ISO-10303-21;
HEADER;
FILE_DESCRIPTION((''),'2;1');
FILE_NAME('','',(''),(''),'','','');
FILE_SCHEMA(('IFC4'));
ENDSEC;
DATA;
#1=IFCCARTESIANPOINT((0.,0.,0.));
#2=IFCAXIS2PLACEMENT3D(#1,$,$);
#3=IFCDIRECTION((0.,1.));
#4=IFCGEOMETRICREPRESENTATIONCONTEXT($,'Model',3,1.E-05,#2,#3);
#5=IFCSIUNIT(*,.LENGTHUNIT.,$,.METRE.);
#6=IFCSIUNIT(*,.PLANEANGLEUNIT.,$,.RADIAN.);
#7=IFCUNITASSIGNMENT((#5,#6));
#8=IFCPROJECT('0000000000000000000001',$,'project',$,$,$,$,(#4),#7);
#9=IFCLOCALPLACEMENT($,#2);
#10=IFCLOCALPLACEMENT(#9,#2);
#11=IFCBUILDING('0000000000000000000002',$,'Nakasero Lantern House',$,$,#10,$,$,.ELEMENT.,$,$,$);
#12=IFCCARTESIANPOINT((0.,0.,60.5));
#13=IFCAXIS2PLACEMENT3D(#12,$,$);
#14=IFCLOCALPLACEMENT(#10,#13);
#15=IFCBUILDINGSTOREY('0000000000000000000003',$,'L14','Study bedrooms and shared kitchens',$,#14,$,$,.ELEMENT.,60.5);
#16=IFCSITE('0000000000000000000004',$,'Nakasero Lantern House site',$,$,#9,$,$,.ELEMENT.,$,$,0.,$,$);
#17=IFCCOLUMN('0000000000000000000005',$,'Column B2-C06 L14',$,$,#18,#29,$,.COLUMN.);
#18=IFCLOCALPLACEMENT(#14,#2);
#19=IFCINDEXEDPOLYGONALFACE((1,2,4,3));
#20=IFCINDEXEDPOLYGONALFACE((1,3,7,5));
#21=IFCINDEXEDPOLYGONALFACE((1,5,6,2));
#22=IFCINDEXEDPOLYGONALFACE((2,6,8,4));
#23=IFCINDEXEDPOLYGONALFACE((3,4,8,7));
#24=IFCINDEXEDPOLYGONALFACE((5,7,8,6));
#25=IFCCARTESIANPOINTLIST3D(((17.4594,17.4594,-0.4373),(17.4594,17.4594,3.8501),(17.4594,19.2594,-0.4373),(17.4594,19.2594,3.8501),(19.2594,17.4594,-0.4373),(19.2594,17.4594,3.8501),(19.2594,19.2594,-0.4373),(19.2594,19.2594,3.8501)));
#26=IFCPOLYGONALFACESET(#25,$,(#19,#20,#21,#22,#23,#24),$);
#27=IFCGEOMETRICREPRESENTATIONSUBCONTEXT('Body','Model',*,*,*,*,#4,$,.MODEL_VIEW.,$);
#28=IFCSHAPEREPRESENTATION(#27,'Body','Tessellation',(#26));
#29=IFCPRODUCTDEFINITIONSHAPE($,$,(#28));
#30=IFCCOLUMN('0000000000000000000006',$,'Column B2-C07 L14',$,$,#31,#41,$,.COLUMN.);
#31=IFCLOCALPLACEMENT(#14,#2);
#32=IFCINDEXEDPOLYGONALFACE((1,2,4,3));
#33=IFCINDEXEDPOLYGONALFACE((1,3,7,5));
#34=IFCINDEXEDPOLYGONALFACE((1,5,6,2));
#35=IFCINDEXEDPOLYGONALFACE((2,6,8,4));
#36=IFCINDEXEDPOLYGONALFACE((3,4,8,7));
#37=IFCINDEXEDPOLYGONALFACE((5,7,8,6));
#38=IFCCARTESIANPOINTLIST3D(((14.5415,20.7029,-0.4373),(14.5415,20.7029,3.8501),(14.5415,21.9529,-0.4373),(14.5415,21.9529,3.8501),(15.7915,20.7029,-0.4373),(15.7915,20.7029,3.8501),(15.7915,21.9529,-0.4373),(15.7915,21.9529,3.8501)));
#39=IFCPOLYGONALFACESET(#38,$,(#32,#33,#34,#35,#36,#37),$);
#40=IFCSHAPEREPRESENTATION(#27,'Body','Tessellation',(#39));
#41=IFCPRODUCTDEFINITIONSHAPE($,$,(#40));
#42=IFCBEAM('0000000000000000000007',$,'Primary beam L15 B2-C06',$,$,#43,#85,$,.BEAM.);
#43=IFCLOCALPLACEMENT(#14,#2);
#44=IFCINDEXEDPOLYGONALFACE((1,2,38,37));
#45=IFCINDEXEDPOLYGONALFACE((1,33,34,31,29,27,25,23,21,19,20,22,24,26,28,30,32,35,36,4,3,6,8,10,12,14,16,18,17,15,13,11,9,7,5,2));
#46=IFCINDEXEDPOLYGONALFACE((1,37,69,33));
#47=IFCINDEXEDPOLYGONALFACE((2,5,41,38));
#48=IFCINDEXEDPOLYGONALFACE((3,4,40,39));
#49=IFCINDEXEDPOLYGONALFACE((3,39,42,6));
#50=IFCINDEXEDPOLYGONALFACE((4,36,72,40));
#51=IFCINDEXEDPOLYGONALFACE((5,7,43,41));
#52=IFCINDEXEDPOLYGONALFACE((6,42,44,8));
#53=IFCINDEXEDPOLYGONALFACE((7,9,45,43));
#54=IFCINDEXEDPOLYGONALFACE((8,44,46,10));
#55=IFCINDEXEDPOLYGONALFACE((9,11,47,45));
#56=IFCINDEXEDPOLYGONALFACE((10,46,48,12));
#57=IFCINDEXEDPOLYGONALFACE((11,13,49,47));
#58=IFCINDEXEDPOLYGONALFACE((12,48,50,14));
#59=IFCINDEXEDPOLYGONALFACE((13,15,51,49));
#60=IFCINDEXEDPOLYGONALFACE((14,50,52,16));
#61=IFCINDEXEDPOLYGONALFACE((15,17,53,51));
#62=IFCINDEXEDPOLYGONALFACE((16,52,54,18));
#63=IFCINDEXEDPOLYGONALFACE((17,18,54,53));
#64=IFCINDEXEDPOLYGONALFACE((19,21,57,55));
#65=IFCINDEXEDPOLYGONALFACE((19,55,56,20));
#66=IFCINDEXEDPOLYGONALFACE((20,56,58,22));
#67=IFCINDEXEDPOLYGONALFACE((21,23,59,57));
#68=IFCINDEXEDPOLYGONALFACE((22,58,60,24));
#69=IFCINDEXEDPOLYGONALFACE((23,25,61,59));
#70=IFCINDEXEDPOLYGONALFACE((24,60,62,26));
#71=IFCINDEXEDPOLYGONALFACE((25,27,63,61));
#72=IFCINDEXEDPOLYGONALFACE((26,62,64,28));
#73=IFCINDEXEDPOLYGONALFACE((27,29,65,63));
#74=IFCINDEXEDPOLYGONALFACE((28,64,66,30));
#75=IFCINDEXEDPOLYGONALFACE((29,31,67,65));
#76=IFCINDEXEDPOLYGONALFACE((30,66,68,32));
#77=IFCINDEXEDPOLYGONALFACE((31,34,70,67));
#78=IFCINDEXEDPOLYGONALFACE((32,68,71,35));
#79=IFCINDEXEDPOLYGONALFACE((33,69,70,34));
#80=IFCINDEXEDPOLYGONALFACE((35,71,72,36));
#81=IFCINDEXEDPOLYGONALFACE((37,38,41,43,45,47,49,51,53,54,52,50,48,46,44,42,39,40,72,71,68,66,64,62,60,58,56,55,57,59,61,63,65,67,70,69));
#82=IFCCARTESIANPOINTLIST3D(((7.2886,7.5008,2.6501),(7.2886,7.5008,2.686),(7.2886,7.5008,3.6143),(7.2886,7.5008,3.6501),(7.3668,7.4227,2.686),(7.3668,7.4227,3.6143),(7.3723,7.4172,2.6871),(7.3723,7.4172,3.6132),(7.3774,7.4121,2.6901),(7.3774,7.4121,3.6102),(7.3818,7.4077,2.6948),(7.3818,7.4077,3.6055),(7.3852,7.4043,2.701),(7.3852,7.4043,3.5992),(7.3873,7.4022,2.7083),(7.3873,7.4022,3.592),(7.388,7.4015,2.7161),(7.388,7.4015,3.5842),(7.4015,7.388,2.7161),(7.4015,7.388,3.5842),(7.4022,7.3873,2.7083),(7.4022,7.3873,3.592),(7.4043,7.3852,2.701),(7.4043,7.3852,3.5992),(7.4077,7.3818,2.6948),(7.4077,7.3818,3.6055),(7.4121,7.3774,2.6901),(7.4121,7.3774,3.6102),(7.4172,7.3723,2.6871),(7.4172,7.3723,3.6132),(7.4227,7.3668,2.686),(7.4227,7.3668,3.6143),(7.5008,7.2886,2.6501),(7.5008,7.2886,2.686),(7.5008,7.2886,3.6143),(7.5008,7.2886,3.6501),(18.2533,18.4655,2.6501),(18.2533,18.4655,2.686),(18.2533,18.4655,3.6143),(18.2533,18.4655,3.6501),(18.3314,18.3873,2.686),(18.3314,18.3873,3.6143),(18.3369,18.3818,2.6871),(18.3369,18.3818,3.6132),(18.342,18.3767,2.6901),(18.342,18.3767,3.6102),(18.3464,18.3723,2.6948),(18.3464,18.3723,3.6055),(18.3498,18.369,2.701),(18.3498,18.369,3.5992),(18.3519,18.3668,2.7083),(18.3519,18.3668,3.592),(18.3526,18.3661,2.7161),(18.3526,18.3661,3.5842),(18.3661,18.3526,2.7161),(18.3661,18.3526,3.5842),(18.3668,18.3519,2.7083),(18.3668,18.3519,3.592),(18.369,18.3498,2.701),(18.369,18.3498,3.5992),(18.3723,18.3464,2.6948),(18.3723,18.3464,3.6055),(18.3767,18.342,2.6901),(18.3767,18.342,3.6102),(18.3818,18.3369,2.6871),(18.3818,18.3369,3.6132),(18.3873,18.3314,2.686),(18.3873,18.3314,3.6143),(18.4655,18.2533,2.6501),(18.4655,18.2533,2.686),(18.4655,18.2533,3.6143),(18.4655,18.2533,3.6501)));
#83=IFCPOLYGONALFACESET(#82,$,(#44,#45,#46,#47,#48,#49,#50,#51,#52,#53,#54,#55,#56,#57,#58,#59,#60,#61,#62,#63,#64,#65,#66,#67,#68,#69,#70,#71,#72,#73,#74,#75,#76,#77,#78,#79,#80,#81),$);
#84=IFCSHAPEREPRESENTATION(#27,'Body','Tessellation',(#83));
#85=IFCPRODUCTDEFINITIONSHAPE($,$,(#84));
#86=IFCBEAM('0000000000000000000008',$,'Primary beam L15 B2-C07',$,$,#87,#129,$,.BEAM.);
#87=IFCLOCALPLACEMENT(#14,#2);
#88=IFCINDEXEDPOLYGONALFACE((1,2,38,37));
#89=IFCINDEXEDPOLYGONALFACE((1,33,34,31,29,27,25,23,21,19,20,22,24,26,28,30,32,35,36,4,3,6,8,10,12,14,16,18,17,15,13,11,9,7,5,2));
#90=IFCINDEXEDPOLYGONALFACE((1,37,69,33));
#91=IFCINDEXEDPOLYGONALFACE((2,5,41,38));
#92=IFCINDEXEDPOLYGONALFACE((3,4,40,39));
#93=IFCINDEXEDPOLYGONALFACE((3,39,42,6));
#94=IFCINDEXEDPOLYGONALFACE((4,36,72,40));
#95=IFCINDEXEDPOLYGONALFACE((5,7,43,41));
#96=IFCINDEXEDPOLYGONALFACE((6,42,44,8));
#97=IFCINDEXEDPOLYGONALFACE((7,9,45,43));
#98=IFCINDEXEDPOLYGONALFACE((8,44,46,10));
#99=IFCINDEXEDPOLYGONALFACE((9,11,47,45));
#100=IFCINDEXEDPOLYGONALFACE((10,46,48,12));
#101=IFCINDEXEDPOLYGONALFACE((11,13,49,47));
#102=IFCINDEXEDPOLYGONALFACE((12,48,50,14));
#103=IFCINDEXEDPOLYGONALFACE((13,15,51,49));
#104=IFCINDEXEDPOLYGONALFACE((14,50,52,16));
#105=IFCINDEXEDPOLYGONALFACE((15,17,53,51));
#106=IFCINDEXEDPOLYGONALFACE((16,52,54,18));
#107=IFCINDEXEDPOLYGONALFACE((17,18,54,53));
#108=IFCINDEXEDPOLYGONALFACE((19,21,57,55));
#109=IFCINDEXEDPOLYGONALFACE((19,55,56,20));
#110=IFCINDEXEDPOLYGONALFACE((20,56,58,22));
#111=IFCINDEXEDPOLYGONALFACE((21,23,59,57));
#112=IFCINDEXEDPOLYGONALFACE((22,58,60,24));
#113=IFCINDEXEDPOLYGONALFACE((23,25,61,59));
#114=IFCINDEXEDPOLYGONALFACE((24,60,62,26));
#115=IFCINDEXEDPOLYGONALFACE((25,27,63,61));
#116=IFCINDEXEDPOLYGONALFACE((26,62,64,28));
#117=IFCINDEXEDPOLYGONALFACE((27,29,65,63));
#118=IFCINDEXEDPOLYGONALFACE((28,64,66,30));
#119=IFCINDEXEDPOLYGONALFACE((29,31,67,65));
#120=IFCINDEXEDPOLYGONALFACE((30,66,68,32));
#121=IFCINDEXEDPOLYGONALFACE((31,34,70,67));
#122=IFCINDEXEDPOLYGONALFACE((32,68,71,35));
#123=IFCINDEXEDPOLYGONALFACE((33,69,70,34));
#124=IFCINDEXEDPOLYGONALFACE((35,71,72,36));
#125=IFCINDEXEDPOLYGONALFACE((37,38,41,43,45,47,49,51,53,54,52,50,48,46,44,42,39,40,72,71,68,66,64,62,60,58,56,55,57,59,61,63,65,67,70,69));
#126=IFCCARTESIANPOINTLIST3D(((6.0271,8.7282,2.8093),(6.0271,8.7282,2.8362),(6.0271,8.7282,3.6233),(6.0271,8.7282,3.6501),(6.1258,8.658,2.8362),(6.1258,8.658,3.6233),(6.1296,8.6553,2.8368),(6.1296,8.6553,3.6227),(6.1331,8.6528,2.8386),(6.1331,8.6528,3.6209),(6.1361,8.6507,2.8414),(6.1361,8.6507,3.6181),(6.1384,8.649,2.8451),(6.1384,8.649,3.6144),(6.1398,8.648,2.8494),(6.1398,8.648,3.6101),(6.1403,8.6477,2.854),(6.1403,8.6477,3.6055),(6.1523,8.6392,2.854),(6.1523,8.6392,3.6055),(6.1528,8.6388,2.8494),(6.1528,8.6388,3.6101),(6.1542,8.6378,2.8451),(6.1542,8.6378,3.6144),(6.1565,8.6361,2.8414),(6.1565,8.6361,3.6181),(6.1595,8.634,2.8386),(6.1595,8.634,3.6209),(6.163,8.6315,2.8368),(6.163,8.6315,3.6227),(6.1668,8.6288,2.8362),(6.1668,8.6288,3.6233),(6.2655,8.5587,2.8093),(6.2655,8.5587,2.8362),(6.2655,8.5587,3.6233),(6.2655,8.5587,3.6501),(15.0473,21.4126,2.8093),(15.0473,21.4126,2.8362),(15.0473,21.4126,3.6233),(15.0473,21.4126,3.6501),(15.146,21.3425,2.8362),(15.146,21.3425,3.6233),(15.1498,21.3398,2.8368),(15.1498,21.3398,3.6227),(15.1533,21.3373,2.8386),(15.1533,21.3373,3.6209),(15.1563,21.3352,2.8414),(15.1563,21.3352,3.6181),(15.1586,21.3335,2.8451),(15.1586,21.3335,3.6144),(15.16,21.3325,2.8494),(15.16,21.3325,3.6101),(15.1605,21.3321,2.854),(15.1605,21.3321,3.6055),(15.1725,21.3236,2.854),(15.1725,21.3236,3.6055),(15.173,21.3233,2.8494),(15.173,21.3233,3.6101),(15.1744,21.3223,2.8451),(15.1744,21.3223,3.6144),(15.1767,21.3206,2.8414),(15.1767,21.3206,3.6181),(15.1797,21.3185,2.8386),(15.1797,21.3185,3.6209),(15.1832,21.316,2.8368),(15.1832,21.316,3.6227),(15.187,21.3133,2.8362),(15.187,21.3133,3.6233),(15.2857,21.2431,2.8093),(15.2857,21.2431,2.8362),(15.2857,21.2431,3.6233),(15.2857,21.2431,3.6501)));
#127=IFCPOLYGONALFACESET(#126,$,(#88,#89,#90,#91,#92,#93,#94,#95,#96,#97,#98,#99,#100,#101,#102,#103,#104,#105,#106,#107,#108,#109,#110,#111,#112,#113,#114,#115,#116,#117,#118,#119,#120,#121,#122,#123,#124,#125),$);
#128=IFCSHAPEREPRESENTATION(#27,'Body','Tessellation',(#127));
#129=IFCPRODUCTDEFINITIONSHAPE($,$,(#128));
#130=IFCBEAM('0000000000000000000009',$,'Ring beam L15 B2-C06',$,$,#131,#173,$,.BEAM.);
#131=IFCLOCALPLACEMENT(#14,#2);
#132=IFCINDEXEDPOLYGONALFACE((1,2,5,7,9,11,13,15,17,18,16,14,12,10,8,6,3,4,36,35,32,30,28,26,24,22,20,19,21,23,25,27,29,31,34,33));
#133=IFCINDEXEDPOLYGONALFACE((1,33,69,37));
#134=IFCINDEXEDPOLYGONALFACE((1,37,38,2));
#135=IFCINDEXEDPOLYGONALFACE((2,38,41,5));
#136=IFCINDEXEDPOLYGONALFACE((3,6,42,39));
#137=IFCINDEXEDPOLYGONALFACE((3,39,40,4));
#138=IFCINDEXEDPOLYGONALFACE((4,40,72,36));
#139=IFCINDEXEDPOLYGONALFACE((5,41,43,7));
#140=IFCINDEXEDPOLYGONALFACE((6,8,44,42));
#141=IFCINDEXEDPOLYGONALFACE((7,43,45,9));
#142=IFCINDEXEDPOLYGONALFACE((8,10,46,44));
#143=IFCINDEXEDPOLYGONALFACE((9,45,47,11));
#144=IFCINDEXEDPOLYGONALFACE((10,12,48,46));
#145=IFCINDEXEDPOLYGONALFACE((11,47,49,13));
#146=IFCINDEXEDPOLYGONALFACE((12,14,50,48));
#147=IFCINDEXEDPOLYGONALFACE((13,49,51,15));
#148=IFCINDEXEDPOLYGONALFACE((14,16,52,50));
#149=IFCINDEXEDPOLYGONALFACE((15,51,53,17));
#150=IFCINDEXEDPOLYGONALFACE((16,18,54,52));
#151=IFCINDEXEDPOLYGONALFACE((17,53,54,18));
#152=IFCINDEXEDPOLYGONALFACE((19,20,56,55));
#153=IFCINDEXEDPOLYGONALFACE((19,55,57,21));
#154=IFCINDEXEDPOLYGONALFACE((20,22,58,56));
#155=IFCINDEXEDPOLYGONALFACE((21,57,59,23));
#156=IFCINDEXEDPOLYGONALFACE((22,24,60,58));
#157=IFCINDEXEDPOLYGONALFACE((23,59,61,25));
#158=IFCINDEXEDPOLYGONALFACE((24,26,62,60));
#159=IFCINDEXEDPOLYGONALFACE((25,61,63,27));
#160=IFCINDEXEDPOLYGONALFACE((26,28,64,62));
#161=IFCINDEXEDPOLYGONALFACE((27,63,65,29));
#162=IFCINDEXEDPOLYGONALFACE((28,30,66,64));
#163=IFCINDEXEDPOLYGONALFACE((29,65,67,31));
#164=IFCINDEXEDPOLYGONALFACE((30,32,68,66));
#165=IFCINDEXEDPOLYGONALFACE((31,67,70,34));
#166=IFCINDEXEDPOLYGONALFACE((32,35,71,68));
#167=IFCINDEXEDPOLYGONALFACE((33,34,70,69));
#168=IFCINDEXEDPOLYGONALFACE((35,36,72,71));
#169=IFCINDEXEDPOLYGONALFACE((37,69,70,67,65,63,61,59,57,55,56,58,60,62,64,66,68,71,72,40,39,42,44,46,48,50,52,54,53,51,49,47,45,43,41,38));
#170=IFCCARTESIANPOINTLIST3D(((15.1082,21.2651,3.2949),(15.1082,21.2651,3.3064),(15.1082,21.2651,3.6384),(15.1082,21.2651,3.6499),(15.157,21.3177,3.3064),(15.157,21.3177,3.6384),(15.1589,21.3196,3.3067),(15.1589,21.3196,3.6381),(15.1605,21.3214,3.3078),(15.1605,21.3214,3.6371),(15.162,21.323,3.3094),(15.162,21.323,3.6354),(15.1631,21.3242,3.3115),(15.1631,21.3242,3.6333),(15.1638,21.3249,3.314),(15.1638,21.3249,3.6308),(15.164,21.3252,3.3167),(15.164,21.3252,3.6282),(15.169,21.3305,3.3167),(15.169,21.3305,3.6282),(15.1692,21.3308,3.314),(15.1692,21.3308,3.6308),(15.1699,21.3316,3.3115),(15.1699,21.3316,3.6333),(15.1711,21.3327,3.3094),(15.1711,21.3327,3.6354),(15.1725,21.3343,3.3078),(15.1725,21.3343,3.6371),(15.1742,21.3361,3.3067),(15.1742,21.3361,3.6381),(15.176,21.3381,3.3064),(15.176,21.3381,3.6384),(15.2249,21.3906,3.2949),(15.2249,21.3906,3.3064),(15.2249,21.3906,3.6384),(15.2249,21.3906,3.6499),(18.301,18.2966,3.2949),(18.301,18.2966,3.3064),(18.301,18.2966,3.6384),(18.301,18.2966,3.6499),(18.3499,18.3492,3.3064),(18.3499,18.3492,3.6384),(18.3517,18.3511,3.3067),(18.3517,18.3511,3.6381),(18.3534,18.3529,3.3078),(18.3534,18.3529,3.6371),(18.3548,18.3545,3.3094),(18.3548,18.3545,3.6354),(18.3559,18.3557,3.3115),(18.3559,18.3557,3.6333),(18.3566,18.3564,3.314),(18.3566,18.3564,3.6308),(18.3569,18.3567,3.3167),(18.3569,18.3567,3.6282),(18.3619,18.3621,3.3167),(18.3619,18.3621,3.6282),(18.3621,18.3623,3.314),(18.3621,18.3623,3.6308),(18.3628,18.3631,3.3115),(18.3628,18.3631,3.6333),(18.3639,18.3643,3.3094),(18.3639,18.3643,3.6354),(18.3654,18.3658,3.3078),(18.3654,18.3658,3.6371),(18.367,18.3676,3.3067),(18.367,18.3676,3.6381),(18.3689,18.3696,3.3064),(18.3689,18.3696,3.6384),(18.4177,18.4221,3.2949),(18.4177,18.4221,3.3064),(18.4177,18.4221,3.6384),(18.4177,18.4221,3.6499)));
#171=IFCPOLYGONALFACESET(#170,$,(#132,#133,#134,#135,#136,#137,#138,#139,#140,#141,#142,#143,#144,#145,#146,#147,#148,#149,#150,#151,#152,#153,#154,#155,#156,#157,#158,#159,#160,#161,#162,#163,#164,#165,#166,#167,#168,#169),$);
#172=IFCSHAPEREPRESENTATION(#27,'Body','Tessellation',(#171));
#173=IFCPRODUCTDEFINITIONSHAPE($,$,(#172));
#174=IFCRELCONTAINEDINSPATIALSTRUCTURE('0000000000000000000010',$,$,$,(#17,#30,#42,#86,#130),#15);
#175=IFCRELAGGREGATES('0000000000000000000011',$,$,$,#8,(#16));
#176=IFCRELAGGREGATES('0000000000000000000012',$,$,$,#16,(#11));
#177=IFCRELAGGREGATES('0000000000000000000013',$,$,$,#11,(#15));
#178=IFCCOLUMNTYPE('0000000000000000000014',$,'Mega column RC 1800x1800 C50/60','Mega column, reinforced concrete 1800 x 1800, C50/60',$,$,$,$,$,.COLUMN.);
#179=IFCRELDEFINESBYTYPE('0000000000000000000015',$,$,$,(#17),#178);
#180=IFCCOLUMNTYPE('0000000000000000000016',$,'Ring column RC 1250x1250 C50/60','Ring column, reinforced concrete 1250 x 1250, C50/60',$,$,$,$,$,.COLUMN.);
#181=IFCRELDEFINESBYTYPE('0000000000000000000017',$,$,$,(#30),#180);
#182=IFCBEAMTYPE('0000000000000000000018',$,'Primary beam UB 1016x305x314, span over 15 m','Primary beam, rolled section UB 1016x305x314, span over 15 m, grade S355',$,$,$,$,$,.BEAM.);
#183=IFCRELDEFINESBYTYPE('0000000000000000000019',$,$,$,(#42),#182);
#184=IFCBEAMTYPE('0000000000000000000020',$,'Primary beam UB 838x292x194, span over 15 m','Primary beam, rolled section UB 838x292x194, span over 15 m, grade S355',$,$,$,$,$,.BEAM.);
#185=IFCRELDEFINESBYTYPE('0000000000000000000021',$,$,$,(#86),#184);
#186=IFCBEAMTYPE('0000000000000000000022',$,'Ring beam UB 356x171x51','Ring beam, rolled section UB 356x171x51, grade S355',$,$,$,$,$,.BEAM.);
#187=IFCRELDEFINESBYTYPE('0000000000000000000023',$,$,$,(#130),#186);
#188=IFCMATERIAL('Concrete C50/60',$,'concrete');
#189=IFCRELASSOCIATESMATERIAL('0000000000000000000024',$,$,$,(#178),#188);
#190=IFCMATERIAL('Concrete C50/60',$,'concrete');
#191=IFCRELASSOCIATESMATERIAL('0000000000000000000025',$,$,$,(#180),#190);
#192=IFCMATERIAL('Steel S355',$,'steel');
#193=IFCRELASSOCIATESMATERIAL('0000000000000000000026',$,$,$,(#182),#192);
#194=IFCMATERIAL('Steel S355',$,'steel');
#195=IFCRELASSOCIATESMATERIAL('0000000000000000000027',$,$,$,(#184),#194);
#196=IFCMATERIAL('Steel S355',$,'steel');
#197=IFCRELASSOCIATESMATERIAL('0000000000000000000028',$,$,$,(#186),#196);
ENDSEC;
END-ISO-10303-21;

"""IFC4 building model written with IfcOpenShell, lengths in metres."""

from ifc_helpers import new_model, si_unit, direction, frame, origin, origin_2d, place, context, subcontext, project, spatial, rectangle, i_section, extrude, material, material_profile, profile_set, type_object, element, save


model = new_model("IFC4")

# Units and contexts
model_context = context("Model", 3, precision=1e-05, world=origin(), true_north=direction((0.0, 1.0)))
body_context = subcontext(model_context, "Body", "Model", "MODEL_VIEW")
ifc_project = project(units=[si_unit("LENGTHUNIT", "METRE"), si_unit("PLANEANGLEUNIT", "RADIAN")], contexts=[model_context])

# Site, building, storey
site_placement = place(None, origin())
site = spatial("IfcSite", under=ifc_project, at=site_placement, Name="Nakasero Lantern House site", CompositionType="ELEMENT", RefElevation=0.0)
building_placement = place(site_placement, origin())
building = spatial("IfcBuilding", under=site, at=building_placement, Name="Nakasero Lantern House", CompositionType="ELEMENT")
storey_placement = place(building_placement, frame((0.0, 0.0, 60.5)))
storey = spatial("IfcBuildingStorey", under=building, at=storey_placement, Name="L14", Description="Study bedrooms and shared kitchens", CompositionType="ELEMENT", Elevation=60.5)

# Columns
ifc_material_1 = material(Name="Concrete C50/60", Category="concrete")
ifc_material_profile_1 = material_profile(ifc_material_1, rectangle(XDim=1.8, YDim=1.8, at=origin_2d()), Name="RC 1800x1800")
ifc_profile_set_1 = profile_set([ifc_material_profile_1], Name="Concrete C50/60")
column_type_1 = type_object("IfcColumnType", Name="Mega column RC 1800x1800 C50/60", Description="Mega column, reinforced concrete 1800 x 1800, C50/60", PredefinedType="COLUMN", material=ifc_profile_set_1)
column_1_placement = place(storey_placement, frame((18.3594, 18.3594, -0.4373), z_axis=(0.0, 0.0, 1.0), x_axis=(1.0, 0.0, 0.0)))
element("IfcColumn", 1, at=column_1_placement, inside=storey, type_object=column_type_1, Name="Column B2-C06 L14", PredefinedType="COLUMN", context=body_context, shape_type="SweptSolid", body=[
    extrude(rectangle(XDim=1.8, YDim=1.8, at=origin_2d()), origin(), (0.0, 0.0, 1.0), 4.2874),
])
ifc_material_2 = material(Name="Concrete C50/60", Category="concrete")
ifc_material_profile_2 = material_profile(ifc_material_2, rectangle(XDim=1.25, YDim=1.25, at=origin_2d()), Name="RC 1250x1250")
ifc_profile_set_2 = profile_set([ifc_material_profile_2], Name="Concrete C50/60")
column_type_2 = type_object("IfcColumnType", Name="Ring column RC 1250x1250 C50/60", Description="Ring column, reinforced concrete 1250 x 1250, C50/60", PredefinedType="COLUMN", material=ifc_profile_set_2)
column_2_placement = place(storey_placement, frame((15.1665, 21.3279, -0.4373), z_axis=(0.0, 0.0, 1.0), x_axis=(1.0, 0.0, 0.0)))
element("IfcColumn", 2, at=column_2_placement, inside=storey, type_object=column_type_2, Name="Column B2-C07 L14", PredefinedType="COLUMN", context=body_context, shape_type="SweptSolid", body=[
    extrude(rectangle(XDim=1.25, YDim=1.25, at=origin_2d()), origin(), (0.0, 0.0, 1.0), 4.2874),
])

# Beams
ifc_material_3 = material(Name="Steel S355", Category="steel")
ifc_material_profile_3 = material_profile(ifc_material_3, i_section(OverallWidth=0.3, OverallDepth=1.0, WebThickness=0.019, FlangeThickness=0.0359, FilletRadius=0.03, at=origin_2d()), Name="UB 1016x305x314")
ifc_profile_set_3 = profile_set([ifc_material_profile_3], Name="Steel S355")
beam_type_1 = type_object("IfcBeamType", Name="Primary beam UB 1016x305x314, span over 15 m", Description="Primary beam, rolled section UB 1016x305x314, span over 15 m, grade S355", PredefinedType="BEAM", material=ifc_profile_set_3)
beam_1_placement = place(storey_placement, frame((18.3594, 18.3594, 3.1501), z_axis=(-0.707107, -0.707107, 0.0), x_axis=(0.707107, -0.707107, 0.0)))
element("IfcBeam", 3, at=beam_1_placement, inside=storey, type_object=beam_type_1, Name="Primary beam L15 B2-C06", PredefinedType="BEAM", context=body_context, shape_type="SweptSolid", body=[
    extrude(i_section(OverallWidth=0.3, OverallDepth=1.0, WebThickness=0.019, FlangeThickness=0.0359, FilletRadius=0.03, at=origin_2d()), origin(), (0.0, 0.0, 1.0), 15.5063),
])
ifc_material_4 = material(Name="Steel S355", Category="steel")
ifc_material_profile_4 = material_profile(ifc_material_4, i_section(OverallWidth=0.2925, OverallDepth=0.8408, WebThickness=0.0146, FlangeThickness=0.0269, FilletRadius=0.0178, at=origin_2d()), Name="UB 838x292x194")
ifc_profile_set_4 = profile_set([ifc_material_profile_4], Name="Steel S355")
beam_type_2 = type_object("IfcBeamType", Name="Primary beam UB 838x292x194, span over 15 m", Description="Primary beam, rolled section UB 838x292x194, span over 15 m, grade S355", PredefinedType="BEAM", material=ifc_profile_set_4)
beam_2_placement = place(storey_placement, frame((15.1665, 21.3279, 3.2297), z_axis=(-0.579529, -0.814952, 0.0), x_axis=(0.814952, -0.579529, 0.0)))
element("IfcBeam", 4, at=beam_2_placement, inside=storey, type_object=beam_type_2, Name="Primary beam L15 B2-C07", PredefinedType="BEAM", context=body_context, shape_type="SweptSolid", body=[
    extrude(i_section(OverallWidth=0.2925, OverallDepth=0.8408, WebThickness=0.0146, FlangeThickness=0.0269, FilletRadius=0.0178, at=origin_2d()), origin(), (0.0, 0.0, 1.0), 15.5647),
])
ifc_material_5 = material(Name="Steel S355", Category="steel")
ifc_material_profile_5 = material_profile(ifc_material_5, i_section(OverallWidth=0.1714, OverallDepth=0.355, WebThickness=0.0073, FlangeThickness=0.0115, FilletRadius=0.0103, at=origin_2d()), Name="UB 356x171x51")
ifc_profile_set_5 = profile_set([ifc_material_profile_5], Name="Steel S355")
beam_type_3 = type_object("IfcBeamType", Name="Ring beam UB 356x171x51", Description="Ring beam, rolled section UB 356x171x51, grade S355", PredefinedType="BEAM", material=ifc_profile_set_5)
beam_3_placement = place(storey_placement, frame((18.3594, 18.3594, 3.4724), z_axis=(-0.732371, 0.680906, 0.0), x_axis=(-0.680906, -0.732371, 0.0)))
element("IfcBeam", 5, at=beam_3_placement, inside=storey, type_object=beam_type_3, Name="Ring beam L15 B2-C06", PredefinedType="BEAM", context=body_context, shape_type="SweptSolid", body=[
    extrude(i_section(OverallWidth=0.1714, OverallDepth=0.355, WebThickness=0.0073, FlangeThickness=0.0115, FilletRadius=0.0103, at=origin_2d()), origin(), (0.0, 0.0, 1.0), 4.3596),
])

save(model, "model.ifc")
